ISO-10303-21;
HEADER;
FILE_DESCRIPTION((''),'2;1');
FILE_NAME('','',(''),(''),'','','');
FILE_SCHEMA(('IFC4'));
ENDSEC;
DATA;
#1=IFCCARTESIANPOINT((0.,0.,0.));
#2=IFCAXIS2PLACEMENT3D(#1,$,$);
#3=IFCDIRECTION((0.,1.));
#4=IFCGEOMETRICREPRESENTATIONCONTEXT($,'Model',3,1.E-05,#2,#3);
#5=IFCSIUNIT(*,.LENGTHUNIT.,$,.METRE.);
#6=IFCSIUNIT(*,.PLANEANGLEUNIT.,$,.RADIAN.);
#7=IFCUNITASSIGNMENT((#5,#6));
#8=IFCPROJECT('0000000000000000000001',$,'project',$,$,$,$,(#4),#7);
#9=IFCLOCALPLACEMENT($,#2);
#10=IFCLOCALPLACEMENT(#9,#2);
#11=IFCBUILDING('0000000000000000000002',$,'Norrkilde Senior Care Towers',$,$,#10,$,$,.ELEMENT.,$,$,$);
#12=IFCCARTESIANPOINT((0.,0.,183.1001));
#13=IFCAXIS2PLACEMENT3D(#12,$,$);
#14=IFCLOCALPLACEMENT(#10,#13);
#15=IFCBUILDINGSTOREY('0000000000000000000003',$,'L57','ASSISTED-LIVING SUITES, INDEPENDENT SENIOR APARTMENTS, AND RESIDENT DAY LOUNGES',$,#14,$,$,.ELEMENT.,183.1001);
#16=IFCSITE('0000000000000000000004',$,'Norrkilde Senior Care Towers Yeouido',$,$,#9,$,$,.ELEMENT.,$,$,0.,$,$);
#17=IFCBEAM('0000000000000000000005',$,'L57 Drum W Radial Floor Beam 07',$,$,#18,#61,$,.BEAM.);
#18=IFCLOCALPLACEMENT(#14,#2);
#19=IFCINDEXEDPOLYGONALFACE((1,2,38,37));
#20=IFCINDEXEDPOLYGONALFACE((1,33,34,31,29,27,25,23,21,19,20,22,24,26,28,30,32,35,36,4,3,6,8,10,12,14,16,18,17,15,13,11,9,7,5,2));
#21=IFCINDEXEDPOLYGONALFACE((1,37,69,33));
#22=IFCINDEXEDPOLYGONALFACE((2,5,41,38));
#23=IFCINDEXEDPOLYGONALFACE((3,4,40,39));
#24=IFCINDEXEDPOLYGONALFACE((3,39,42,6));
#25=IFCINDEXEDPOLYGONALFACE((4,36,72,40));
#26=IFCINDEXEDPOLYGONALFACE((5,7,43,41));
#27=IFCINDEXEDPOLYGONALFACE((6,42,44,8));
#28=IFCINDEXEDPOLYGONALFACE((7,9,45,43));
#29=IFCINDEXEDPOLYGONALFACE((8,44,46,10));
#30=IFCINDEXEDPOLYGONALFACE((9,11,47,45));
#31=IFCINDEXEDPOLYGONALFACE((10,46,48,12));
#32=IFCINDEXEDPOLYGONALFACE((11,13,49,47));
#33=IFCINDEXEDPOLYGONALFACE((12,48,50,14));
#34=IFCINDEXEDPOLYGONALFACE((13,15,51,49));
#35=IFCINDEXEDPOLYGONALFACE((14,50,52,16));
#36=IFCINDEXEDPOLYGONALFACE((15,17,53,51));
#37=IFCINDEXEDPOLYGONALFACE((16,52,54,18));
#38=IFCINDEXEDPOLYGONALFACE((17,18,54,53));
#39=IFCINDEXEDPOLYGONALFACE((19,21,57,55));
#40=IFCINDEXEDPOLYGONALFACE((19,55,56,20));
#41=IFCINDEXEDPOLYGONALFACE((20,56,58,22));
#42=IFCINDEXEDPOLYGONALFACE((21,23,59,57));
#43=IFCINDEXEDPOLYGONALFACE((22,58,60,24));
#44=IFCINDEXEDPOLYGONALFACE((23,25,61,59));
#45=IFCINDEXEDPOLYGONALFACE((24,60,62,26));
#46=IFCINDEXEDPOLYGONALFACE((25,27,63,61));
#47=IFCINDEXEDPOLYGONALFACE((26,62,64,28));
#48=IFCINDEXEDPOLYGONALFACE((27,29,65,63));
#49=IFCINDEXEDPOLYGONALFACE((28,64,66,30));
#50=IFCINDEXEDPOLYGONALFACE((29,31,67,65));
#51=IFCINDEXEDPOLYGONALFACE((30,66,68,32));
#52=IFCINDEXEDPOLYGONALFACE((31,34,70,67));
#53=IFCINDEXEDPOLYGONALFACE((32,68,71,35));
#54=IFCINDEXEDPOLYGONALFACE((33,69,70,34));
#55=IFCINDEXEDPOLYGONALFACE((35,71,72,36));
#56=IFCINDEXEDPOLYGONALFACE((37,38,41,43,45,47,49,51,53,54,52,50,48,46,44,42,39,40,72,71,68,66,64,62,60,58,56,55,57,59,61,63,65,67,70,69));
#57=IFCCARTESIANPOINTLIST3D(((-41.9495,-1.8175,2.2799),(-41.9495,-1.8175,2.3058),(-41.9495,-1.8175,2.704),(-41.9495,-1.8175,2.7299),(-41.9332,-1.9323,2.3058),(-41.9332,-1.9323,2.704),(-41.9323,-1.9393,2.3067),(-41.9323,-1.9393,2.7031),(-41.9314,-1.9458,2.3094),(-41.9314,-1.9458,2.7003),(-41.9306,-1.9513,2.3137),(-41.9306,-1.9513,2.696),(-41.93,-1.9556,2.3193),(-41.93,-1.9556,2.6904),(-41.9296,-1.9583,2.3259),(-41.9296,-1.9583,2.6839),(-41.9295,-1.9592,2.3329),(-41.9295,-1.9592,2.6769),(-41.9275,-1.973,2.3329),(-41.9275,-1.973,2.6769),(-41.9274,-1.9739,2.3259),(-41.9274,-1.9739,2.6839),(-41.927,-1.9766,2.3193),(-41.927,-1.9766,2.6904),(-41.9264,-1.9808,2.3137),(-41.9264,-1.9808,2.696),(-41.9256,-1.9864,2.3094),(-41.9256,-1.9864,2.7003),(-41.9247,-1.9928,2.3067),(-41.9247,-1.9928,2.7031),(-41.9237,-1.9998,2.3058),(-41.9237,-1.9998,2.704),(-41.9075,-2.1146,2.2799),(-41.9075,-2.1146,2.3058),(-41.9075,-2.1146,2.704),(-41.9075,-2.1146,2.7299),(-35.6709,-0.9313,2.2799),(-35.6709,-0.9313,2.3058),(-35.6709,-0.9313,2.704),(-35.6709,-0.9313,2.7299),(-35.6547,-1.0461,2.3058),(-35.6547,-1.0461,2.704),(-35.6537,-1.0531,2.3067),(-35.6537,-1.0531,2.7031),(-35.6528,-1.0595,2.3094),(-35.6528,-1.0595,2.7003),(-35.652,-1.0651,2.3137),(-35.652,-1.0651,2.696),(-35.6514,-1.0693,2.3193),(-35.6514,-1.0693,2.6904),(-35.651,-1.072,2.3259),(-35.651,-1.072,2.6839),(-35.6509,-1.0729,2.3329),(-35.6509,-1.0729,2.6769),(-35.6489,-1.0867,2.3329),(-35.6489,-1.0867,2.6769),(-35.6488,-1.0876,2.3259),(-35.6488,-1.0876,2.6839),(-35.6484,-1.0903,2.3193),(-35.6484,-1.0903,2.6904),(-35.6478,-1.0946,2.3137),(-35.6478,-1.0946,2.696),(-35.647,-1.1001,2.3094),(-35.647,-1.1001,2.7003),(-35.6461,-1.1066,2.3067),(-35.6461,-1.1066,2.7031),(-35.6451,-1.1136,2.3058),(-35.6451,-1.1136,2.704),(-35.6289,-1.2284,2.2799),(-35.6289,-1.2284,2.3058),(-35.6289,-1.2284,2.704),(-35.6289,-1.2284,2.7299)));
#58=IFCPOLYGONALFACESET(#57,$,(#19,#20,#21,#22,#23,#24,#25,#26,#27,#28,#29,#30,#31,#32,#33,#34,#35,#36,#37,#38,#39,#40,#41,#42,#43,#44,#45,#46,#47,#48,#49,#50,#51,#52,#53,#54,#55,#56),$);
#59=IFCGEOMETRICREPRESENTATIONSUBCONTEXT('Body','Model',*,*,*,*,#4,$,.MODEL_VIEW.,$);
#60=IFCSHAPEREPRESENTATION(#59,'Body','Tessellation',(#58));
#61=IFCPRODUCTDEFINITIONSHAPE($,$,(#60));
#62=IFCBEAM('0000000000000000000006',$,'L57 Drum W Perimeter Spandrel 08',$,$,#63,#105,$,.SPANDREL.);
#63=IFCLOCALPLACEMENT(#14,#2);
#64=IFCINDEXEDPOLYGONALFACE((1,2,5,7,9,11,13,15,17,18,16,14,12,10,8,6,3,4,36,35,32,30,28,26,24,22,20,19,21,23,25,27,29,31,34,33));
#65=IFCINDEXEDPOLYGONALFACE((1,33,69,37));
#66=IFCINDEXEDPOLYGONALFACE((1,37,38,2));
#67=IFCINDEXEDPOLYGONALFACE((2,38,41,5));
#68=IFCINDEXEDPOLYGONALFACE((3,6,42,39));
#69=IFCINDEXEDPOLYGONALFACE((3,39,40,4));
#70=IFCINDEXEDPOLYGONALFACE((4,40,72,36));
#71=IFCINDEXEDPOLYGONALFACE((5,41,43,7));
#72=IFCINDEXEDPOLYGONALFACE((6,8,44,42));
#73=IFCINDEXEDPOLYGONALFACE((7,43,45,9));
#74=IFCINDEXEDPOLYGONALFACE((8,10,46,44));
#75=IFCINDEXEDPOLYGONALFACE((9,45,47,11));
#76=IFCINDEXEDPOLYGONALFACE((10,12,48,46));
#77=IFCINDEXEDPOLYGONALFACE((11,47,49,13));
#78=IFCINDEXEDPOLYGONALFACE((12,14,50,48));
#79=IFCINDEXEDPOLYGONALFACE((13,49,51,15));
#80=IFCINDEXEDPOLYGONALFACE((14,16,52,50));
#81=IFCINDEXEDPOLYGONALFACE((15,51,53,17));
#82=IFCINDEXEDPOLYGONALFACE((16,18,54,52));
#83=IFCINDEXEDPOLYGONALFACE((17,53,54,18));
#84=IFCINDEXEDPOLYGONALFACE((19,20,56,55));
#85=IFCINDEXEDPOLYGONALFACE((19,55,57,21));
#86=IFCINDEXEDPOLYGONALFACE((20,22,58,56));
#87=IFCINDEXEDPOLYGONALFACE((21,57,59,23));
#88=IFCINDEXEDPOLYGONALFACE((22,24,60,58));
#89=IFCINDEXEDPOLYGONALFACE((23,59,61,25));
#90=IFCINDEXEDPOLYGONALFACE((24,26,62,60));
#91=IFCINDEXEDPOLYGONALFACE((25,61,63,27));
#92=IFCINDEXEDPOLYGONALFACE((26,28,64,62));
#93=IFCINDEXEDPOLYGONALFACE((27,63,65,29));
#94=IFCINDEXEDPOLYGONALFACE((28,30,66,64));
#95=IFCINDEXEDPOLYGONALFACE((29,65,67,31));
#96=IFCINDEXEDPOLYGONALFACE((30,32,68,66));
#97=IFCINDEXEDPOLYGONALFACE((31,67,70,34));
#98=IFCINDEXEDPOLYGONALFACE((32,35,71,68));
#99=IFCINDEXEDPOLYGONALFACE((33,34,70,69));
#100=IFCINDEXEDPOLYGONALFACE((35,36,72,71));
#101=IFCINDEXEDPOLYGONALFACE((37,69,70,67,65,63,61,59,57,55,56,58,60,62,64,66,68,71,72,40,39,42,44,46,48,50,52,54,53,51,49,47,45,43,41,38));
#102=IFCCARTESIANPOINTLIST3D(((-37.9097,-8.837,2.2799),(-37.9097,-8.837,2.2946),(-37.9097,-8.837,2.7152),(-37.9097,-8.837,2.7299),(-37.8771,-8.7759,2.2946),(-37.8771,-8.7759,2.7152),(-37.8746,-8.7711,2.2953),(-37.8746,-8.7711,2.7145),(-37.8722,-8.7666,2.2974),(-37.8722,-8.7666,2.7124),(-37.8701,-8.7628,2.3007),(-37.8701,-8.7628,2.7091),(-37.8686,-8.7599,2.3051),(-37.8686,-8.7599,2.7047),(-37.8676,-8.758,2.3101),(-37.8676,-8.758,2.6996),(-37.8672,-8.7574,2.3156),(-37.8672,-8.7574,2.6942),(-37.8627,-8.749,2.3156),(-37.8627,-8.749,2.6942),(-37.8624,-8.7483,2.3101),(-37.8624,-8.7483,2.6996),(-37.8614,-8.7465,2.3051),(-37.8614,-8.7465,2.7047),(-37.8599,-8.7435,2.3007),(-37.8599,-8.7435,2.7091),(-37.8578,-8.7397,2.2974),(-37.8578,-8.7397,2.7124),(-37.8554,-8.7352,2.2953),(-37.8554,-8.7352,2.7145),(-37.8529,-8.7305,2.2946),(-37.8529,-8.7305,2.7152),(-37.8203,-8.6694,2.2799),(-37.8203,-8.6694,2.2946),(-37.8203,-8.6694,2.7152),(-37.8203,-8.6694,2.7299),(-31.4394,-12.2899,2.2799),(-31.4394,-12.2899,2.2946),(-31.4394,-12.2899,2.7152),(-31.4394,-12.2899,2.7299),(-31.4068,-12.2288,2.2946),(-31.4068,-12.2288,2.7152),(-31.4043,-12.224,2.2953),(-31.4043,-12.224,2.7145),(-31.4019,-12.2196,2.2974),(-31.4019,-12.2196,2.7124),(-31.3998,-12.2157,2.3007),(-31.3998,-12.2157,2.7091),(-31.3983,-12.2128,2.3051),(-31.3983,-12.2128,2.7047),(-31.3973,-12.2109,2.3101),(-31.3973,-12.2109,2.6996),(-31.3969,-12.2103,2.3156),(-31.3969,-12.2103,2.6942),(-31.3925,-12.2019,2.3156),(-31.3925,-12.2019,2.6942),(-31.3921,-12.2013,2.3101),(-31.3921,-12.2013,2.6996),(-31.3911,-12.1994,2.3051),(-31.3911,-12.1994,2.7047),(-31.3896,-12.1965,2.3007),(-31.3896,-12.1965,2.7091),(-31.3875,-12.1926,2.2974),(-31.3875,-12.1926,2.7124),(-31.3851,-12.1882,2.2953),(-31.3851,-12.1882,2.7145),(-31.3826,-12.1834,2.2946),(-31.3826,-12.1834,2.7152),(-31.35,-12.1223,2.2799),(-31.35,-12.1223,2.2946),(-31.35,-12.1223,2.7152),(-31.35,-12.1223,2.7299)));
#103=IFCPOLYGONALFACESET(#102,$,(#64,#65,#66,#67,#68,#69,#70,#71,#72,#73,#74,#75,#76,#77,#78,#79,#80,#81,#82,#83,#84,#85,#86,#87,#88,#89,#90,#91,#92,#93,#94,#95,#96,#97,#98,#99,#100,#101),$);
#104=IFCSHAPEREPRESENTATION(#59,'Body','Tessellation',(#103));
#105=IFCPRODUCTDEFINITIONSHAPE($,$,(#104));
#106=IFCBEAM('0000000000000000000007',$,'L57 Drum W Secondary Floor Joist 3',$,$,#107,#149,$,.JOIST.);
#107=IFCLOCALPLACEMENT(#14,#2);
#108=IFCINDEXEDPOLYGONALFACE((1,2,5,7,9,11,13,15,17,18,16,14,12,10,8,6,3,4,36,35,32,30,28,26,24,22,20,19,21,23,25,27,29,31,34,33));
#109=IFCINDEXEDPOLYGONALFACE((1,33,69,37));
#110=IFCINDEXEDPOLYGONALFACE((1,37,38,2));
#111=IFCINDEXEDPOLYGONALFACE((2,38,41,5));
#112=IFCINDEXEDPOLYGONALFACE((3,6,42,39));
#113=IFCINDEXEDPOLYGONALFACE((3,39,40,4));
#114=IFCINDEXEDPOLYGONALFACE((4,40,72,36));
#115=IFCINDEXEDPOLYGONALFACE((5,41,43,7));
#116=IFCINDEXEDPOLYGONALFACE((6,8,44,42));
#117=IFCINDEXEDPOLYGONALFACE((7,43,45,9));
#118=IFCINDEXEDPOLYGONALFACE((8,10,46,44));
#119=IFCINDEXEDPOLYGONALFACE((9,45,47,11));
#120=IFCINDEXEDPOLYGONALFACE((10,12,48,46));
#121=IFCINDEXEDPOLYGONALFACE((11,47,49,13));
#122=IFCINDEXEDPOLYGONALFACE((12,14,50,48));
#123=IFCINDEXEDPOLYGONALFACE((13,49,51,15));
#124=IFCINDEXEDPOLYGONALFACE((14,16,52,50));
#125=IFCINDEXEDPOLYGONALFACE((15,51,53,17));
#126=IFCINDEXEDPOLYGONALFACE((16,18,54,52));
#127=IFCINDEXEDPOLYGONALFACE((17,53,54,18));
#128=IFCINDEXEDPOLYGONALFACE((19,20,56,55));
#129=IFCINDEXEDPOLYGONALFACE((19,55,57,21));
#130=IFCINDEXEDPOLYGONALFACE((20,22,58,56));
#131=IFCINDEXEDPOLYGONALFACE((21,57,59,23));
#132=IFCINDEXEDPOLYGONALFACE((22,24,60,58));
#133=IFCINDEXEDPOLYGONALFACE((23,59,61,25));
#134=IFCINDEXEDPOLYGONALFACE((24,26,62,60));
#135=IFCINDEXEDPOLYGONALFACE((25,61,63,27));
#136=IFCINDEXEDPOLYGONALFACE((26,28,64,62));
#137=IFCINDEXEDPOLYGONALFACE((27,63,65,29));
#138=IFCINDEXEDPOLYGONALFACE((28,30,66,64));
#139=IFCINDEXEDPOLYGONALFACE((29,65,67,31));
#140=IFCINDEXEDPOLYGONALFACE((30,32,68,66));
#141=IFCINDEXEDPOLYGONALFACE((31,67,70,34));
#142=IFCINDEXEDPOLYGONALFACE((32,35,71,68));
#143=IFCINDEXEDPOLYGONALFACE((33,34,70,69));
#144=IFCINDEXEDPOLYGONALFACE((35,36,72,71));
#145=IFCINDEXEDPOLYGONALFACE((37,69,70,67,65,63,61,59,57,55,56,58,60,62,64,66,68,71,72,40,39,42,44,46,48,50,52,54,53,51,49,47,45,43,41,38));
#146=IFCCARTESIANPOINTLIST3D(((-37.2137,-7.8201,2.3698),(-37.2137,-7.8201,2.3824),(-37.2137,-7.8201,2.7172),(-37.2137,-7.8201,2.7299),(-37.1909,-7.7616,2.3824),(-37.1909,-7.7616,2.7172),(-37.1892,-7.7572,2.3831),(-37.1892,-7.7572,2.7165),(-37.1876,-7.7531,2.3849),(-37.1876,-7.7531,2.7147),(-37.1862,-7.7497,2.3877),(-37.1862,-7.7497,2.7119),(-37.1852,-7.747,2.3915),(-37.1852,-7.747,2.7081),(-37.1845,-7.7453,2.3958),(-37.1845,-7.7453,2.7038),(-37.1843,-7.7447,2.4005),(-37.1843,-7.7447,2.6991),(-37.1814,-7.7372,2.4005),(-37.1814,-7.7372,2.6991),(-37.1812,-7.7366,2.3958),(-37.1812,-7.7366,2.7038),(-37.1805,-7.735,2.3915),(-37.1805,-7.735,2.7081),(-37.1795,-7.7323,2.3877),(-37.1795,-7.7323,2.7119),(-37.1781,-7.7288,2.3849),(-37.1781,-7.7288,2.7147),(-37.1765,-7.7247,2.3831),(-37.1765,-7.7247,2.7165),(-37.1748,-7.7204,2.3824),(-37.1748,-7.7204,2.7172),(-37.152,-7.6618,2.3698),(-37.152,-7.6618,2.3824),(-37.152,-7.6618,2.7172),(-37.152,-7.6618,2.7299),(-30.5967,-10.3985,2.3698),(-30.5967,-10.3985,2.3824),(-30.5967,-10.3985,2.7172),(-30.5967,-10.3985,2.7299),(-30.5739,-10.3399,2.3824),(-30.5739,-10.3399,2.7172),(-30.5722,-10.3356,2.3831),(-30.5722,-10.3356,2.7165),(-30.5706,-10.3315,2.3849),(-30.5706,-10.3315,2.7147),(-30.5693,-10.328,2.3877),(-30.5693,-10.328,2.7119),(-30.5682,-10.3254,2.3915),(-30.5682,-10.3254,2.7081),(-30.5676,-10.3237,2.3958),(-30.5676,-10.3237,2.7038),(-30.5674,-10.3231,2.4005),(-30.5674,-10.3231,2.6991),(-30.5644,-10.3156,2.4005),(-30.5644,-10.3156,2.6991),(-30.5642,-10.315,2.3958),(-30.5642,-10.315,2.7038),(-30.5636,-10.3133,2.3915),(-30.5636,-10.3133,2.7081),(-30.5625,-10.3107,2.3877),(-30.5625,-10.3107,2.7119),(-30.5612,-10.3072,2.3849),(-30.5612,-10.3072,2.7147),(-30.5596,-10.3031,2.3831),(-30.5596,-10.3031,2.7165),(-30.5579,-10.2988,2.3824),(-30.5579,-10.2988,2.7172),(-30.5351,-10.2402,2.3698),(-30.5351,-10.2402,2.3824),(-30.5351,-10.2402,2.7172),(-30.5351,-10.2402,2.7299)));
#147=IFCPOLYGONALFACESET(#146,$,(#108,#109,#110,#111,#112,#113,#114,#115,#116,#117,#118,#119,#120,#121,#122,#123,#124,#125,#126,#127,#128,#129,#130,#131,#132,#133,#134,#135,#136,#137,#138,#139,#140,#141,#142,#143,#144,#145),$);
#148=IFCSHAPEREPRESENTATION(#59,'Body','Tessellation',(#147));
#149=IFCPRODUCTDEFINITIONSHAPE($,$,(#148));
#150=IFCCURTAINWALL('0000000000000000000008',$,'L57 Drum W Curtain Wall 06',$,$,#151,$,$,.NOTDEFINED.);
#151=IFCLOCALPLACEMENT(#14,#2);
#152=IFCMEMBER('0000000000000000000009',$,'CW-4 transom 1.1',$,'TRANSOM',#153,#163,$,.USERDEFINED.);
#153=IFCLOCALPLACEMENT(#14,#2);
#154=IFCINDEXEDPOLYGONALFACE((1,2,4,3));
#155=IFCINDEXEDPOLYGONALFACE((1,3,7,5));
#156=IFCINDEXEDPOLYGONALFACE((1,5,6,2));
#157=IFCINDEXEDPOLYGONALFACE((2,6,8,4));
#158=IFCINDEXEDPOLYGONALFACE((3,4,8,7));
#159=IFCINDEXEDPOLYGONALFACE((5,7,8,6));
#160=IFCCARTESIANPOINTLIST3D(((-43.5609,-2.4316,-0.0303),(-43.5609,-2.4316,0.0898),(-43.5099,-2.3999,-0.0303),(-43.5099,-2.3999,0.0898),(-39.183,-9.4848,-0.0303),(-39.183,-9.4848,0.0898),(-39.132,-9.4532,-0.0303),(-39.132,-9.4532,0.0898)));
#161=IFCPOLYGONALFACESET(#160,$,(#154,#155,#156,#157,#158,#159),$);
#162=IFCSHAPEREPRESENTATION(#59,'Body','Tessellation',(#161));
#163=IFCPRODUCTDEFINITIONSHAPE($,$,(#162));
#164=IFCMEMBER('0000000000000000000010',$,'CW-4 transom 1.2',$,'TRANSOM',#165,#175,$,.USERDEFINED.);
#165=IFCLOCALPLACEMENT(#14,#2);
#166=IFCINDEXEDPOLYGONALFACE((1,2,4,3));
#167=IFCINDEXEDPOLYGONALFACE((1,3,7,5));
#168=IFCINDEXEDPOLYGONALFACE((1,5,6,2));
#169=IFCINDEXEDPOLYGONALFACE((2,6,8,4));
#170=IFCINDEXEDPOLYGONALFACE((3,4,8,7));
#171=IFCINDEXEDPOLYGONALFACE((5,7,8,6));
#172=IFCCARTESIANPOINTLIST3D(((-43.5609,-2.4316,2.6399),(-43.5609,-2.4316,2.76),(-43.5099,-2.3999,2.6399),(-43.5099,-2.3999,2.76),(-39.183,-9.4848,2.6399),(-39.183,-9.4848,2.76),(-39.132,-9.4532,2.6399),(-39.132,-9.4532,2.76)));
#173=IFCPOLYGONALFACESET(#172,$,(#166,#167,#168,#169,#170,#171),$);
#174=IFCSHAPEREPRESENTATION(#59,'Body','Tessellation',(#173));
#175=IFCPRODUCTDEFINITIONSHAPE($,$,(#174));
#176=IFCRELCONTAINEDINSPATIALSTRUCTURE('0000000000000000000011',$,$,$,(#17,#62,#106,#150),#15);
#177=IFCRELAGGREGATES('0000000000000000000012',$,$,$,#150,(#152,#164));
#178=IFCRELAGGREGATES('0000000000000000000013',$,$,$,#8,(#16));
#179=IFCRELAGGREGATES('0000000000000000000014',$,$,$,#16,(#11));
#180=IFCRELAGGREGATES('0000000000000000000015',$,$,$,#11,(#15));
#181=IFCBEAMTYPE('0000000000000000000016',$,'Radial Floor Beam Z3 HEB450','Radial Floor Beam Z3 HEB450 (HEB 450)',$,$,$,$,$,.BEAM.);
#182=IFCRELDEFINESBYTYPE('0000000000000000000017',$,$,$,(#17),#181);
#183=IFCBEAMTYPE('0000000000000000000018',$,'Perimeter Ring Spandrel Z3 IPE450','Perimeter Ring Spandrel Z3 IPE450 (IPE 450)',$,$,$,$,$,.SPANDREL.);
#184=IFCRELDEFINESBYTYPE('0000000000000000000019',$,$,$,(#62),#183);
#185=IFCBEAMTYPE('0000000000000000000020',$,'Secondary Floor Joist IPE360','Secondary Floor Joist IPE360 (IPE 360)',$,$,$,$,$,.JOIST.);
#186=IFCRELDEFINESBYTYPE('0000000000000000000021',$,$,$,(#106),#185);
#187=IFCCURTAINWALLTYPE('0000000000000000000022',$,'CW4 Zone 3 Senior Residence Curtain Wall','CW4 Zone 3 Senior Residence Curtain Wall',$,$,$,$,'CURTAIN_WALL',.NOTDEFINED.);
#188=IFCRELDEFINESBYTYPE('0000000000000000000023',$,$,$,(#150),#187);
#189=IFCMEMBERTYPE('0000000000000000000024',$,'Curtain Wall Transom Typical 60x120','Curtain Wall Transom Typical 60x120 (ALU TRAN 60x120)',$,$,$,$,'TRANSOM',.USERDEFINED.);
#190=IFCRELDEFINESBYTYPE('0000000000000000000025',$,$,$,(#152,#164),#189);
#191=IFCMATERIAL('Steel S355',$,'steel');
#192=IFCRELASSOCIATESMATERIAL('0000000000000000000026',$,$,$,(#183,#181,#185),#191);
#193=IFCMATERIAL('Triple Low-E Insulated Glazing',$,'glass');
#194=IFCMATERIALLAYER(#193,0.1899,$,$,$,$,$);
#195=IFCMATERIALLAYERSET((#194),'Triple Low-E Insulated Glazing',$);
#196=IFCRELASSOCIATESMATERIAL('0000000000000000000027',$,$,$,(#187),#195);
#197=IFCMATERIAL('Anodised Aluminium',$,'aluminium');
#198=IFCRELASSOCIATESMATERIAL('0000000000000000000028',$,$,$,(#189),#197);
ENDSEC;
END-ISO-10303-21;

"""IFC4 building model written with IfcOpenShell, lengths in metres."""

from ifc_helpers import new_model, si_unit, direction, frame, origin, origin_2d, place, context, subcontext, project, spatial, rectangle, i_section, extrude, source, transform, mapped, material, layer, layer_set, material_profile, profile_set, type_object, type_shapes, element, aggregate, save


model = new_model("IFC4")

# Units and contexts
model_context = context("Model", 3, precision=1e-05, world=origin(), true_north=direction((0.0, 1.0)))
body_context = subcontext(model_context, "Body", "Model", "MODEL_VIEW")
ifc_project = project(units=[si_unit("LENGTHUNIT", "METRE"), si_unit("PLANEANGLEUNIT", "RADIAN")], contexts=[model_context])

# Site, building, storey
site_placement = place(None, origin())
site = spatial("IfcSite", under=ifc_project, at=site_placement, Name="Norrkilde Senior Care Towers Yeouido", CompositionType="ELEMENT", RefElevation=0.0)
building_placement = place(site_placement, origin())
building = spatial("IfcBuilding", under=site, at=building_placement, Name="Norrkilde Senior Care Towers", CompositionType="ELEMENT")
storey_placement = place(building_placement, frame((0.0, 0.0, 183.1001)))
storey = spatial("IfcBuildingStorey", under=building, at=storey_placement, Name="L57", Description="ASSISTED-LIVING SUITES, INDEPENDENT SENIOR APARTMENTS, AND RESIDENT DAY LOUNGES", CompositionType="ELEMENT", Elevation=183.1001)

# Beams
ifc_material_1 = material(Name="Steel S355", Category="steel")
ifc_material_profile_1 = material_profile(ifc_material_1, i_section(OverallWidth=0.1899, OverallDepth=0.45, WebThickness=0.0095, FlangeThickness=0.0146, FilletRadius=0.021, at=origin_2d()), Name="IPE 450")
ifc_profile_set_1 = profile_set([ifc_material_profile_1], Name="Steel S355")
beam_type_1 = type_object("IfcBeamType", Name="Perimeter Ring Spandrel Z3 IPE450", Description="Perimeter Ring Spandrel Z3 IPE450 (IPE 450)", PredefinedType="SPANDREL", material=ifc_profile_set_1)
ifc_material_profile_2 = material_profile(ifc_material_1, i_section(OverallWidth=0.3, OverallDepth=0.45, WebThickness=0.0139, FlangeThickness=0.0259, FilletRadius=0.0271, at=origin_2d()), Name="HEB 450")
ifc_profile_set_2 = profile_set([ifc_material_profile_2], Name="Steel S355")
beam_type_2 = type_object("IfcBeamType", Name="Radial Floor Beam Z3 HEB450", Description="Radial Floor Beam Z3 HEB450 (HEB 450)", PredefinedType="BEAM", material=ifc_profile_set_2)
shared_shape_1 = source(origin(), body_context, "Body", "SweptSolid", [
    extrude(i_section(OverallWidth=0.3, OverallDepth=0.45, WebThickness=0.0139, FlangeThickness=0.0259, FilletRadius=0.0271, at=origin_2d()), origin(), (0.0, 0.0, 1.0), 6.3408),
])
type_shapes(beam_type_2, [shared_shape_1])
beam_1_placement = place(storey_placement, frame((-35.6499, -1.0798, 2.5049), z_axis=(-0.990185, -0.139766, 0.0), x_axis=(0.139766, -0.990185, 0.0)))
element("IfcBeam", 1, at=beam_1_placement, inside=storey, type_object=beam_type_2, Name="L57 Drum W Radial Floor Beam 07", PredefinedType="BEAM", context=body_context, shape_type="MappedRepresentation", body=[
    mapped(shared_shape_1, transform((0.0, 0.0, 0.0), x_axis=(1.0, 0.0, 0.0), y_axis=(0.0, 1.0, 0.0), z_axis=(0.0, 0.0, 1.0), scale=1.0)),
])
shared_shape_2 = source(origin(), body_context, "Body", "SweptSolid", [
    extrude(i_section(OverallWidth=0.1899, OverallDepth=0.45, WebThickness=0.0095, FlangeThickness=0.0146, FilletRadius=0.021, at=origin_2d()), origin(), (0.0, 0.0, 1.0), 7.334),
])
beam_2_placement = place(storey_placement, frame((-37.865, -8.7532, 2.5049), z_axis=(0.882234, -0.470811, 0.0), x_axis=(0.470811, 0.882234, 0.0)))
element("IfcBeam", 2, at=beam_2_placement, inside=storey, type_object=beam_type_1, Name="L57 Drum W Perimeter Spandrel 08", PredefinedType="SPANDREL", context=body_context, shape_type="MappedRepresentation", body=[
    mapped(shared_shape_2, transform((0.0, 0.0, 0.0), x_axis=(1.0, 0.0, 0.0), y_axis=(0.0, 1.0, 0.0), z_axis=(0.0, 0.0, 1.0), scale=1.0)),
])
ifc_material_profile_3 = material_profile(ifc_material_1, i_section(OverallWidth=0.1699, OverallDepth=0.3601, WebThickness=0.0081, FlangeThickness=0.0127, FilletRadius=0.0181, at=origin_2d()), Name="IPE 360")
ifc_profile_set_3 = profile_set([ifc_material_profile_3], Name="Steel S355")
beam_type_3 = type_object("IfcBeamType", Name="Secondary Floor Joist IPE360", Description="Secondary Floor Joist IPE360 (IPE 360)", PredefinedType="JOIST", material=ifc_profile_set_3)
shared_shape_3 = source(origin(), body_context, "Body", "SweptSolid", [
    extrude(i_section(OverallWidth=0.1699, OverallDepth=0.3601, WebThickness=0.0081, FlangeThickness=0.0127, FilletRadius=0.0181, at=origin_2d()), origin(), (0.0, 0.0, 1.0), 7.1016),
])
type_shapes(beam_type_3, [shared_shape_3])
beam_3_placement = place(storey_placement, frame((-37.1829, -7.741, 2.5498), z_axis=(0.931761, -0.363072, 0.0), x_axis=(0.363072, 0.931761, 0.0)))
element("IfcBeam", 3, at=beam_3_placement, inside=storey, type_object=beam_type_3, Name="L57 Drum W Secondary Floor Joist 3", PredefinedType="JOIST", context=body_context, shape_type="MappedRepresentation", body=[
    mapped(shared_shape_3, transform((0.0, 0.0, 0.0), x_axis=(1.0, 0.0, 0.0), y_axis=(0.0, 1.0, 0.0), z_axis=(0.0, 0.0, 1.0), scale=1.0)),
])

# Curtain wall, members
ifc_material_2 = material(Name="Triple Low-E Insulated Glazing", Category="glass")
ifc_layer_1 = layer(ifc_material_2, 0.1899)
ifc_layer_set_1 = layer_set([ifc_layer_1], Name="Triple Low-E Insulated Glazing")
curtain_wall_type = type_object("IfcCurtainWallType", Name="CW4 Zone 3 Senior Residence Curtain Wall", Description="CW4 Zone 3 Senior Residence Curtain Wall", ElementType="CURTAIN_WALL", PredefinedType="NOTDEFINED", material=ifc_layer_set_1)
curtain_wall_1_placement = place(storey_placement, origin())
curtain_wall_1 = element("IfcCurtainWall", 4, at=curtain_wall_1_placement, inside=storey, type_object=curtain_wall_type, Name="L57 Drum W Curtain Wall 06", PredefinedType="NOTDEFINED")
ifc_material_3 = material(Name="Anodised Aluminium", Category="aluminium")
ifc_material_profile_4 = material_profile(ifc_material_3, rectangle(XDim=0.0601, YDim=0.1201, at=origin_2d()), Name="ALU TRAN 60x120")
ifc_profile_set_4 = profile_set([ifc_material_profile_4], Name="Anodised Aluminium")
member_type_1 = type_object("IfcMemberType", Name="Curtain Wall Transom Typical 60x120", Description="Curtain Wall Transom Typical 60x120 (ALU TRAN 60x120)", ElementType="TRANSOM", PredefinedType="USERDEFINED", material=ifc_profile_set_4)
shared_shape_4 = source(origin(), body_context, "Body", "SweptSolid", [
    extrude(rectangle(XDim=0.0601, YDim=0.1201, at=origin_2d()), origin(), (0.0, 0.0, 1.0), 8.3015),
])
member_1_placement = place(storey_placement, frame((-39.1575, -9.469, 0.0298), z_axis=(-0.527369, 0.849637, 0.0), x_axis=(-0.849637, -0.527369, 0.0)))
member_1 = element("IfcMember", 5, at=member_1_placement, type_object=member_type_1, Name="CW-4 transom 1.1", ObjectType="TRANSOM", PredefinedType="USERDEFINED", context=body_context, shape_type="MappedRepresentation", body=[
    mapped(shared_shape_4, transform((0.0, 0.0, 0.0), x_axis=(1.0, 0.0, 0.0), y_axis=(0.0, 1.0, 0.0), z_axis=(0.0, 0.0, 1.0), scale=1.0)),
])
member_2_placement = place(storey_placement, frame((-39.1575, -9.469, 2.7), z_axis=(-0.527369, 0.849637, 0.0), x_axis=(-0.849637, -0.527369, 0.0)))
member_2 = element("IfcMember", 6, at=member_2_placement, type_object=member_type_1, Name="CW-4 transom 1.2", ObjectType="TRANSOM", PredefinedType="USERDEFINED", context=body_context, shape_type="MappedRepresentation", body=[
    mapped(shared_shape_4, transform((0.0, 0.0, 0.0), x_axis=(1.0, 0.0, 0.0), y_axis=(0.0, 1.0, 0.0), z_axis=(0.0, 0.0, 1.0), scale=1.0)),
])

aggregate(curtain_wall_1, [member_1, member_2])

save(model, "model.ifc")
